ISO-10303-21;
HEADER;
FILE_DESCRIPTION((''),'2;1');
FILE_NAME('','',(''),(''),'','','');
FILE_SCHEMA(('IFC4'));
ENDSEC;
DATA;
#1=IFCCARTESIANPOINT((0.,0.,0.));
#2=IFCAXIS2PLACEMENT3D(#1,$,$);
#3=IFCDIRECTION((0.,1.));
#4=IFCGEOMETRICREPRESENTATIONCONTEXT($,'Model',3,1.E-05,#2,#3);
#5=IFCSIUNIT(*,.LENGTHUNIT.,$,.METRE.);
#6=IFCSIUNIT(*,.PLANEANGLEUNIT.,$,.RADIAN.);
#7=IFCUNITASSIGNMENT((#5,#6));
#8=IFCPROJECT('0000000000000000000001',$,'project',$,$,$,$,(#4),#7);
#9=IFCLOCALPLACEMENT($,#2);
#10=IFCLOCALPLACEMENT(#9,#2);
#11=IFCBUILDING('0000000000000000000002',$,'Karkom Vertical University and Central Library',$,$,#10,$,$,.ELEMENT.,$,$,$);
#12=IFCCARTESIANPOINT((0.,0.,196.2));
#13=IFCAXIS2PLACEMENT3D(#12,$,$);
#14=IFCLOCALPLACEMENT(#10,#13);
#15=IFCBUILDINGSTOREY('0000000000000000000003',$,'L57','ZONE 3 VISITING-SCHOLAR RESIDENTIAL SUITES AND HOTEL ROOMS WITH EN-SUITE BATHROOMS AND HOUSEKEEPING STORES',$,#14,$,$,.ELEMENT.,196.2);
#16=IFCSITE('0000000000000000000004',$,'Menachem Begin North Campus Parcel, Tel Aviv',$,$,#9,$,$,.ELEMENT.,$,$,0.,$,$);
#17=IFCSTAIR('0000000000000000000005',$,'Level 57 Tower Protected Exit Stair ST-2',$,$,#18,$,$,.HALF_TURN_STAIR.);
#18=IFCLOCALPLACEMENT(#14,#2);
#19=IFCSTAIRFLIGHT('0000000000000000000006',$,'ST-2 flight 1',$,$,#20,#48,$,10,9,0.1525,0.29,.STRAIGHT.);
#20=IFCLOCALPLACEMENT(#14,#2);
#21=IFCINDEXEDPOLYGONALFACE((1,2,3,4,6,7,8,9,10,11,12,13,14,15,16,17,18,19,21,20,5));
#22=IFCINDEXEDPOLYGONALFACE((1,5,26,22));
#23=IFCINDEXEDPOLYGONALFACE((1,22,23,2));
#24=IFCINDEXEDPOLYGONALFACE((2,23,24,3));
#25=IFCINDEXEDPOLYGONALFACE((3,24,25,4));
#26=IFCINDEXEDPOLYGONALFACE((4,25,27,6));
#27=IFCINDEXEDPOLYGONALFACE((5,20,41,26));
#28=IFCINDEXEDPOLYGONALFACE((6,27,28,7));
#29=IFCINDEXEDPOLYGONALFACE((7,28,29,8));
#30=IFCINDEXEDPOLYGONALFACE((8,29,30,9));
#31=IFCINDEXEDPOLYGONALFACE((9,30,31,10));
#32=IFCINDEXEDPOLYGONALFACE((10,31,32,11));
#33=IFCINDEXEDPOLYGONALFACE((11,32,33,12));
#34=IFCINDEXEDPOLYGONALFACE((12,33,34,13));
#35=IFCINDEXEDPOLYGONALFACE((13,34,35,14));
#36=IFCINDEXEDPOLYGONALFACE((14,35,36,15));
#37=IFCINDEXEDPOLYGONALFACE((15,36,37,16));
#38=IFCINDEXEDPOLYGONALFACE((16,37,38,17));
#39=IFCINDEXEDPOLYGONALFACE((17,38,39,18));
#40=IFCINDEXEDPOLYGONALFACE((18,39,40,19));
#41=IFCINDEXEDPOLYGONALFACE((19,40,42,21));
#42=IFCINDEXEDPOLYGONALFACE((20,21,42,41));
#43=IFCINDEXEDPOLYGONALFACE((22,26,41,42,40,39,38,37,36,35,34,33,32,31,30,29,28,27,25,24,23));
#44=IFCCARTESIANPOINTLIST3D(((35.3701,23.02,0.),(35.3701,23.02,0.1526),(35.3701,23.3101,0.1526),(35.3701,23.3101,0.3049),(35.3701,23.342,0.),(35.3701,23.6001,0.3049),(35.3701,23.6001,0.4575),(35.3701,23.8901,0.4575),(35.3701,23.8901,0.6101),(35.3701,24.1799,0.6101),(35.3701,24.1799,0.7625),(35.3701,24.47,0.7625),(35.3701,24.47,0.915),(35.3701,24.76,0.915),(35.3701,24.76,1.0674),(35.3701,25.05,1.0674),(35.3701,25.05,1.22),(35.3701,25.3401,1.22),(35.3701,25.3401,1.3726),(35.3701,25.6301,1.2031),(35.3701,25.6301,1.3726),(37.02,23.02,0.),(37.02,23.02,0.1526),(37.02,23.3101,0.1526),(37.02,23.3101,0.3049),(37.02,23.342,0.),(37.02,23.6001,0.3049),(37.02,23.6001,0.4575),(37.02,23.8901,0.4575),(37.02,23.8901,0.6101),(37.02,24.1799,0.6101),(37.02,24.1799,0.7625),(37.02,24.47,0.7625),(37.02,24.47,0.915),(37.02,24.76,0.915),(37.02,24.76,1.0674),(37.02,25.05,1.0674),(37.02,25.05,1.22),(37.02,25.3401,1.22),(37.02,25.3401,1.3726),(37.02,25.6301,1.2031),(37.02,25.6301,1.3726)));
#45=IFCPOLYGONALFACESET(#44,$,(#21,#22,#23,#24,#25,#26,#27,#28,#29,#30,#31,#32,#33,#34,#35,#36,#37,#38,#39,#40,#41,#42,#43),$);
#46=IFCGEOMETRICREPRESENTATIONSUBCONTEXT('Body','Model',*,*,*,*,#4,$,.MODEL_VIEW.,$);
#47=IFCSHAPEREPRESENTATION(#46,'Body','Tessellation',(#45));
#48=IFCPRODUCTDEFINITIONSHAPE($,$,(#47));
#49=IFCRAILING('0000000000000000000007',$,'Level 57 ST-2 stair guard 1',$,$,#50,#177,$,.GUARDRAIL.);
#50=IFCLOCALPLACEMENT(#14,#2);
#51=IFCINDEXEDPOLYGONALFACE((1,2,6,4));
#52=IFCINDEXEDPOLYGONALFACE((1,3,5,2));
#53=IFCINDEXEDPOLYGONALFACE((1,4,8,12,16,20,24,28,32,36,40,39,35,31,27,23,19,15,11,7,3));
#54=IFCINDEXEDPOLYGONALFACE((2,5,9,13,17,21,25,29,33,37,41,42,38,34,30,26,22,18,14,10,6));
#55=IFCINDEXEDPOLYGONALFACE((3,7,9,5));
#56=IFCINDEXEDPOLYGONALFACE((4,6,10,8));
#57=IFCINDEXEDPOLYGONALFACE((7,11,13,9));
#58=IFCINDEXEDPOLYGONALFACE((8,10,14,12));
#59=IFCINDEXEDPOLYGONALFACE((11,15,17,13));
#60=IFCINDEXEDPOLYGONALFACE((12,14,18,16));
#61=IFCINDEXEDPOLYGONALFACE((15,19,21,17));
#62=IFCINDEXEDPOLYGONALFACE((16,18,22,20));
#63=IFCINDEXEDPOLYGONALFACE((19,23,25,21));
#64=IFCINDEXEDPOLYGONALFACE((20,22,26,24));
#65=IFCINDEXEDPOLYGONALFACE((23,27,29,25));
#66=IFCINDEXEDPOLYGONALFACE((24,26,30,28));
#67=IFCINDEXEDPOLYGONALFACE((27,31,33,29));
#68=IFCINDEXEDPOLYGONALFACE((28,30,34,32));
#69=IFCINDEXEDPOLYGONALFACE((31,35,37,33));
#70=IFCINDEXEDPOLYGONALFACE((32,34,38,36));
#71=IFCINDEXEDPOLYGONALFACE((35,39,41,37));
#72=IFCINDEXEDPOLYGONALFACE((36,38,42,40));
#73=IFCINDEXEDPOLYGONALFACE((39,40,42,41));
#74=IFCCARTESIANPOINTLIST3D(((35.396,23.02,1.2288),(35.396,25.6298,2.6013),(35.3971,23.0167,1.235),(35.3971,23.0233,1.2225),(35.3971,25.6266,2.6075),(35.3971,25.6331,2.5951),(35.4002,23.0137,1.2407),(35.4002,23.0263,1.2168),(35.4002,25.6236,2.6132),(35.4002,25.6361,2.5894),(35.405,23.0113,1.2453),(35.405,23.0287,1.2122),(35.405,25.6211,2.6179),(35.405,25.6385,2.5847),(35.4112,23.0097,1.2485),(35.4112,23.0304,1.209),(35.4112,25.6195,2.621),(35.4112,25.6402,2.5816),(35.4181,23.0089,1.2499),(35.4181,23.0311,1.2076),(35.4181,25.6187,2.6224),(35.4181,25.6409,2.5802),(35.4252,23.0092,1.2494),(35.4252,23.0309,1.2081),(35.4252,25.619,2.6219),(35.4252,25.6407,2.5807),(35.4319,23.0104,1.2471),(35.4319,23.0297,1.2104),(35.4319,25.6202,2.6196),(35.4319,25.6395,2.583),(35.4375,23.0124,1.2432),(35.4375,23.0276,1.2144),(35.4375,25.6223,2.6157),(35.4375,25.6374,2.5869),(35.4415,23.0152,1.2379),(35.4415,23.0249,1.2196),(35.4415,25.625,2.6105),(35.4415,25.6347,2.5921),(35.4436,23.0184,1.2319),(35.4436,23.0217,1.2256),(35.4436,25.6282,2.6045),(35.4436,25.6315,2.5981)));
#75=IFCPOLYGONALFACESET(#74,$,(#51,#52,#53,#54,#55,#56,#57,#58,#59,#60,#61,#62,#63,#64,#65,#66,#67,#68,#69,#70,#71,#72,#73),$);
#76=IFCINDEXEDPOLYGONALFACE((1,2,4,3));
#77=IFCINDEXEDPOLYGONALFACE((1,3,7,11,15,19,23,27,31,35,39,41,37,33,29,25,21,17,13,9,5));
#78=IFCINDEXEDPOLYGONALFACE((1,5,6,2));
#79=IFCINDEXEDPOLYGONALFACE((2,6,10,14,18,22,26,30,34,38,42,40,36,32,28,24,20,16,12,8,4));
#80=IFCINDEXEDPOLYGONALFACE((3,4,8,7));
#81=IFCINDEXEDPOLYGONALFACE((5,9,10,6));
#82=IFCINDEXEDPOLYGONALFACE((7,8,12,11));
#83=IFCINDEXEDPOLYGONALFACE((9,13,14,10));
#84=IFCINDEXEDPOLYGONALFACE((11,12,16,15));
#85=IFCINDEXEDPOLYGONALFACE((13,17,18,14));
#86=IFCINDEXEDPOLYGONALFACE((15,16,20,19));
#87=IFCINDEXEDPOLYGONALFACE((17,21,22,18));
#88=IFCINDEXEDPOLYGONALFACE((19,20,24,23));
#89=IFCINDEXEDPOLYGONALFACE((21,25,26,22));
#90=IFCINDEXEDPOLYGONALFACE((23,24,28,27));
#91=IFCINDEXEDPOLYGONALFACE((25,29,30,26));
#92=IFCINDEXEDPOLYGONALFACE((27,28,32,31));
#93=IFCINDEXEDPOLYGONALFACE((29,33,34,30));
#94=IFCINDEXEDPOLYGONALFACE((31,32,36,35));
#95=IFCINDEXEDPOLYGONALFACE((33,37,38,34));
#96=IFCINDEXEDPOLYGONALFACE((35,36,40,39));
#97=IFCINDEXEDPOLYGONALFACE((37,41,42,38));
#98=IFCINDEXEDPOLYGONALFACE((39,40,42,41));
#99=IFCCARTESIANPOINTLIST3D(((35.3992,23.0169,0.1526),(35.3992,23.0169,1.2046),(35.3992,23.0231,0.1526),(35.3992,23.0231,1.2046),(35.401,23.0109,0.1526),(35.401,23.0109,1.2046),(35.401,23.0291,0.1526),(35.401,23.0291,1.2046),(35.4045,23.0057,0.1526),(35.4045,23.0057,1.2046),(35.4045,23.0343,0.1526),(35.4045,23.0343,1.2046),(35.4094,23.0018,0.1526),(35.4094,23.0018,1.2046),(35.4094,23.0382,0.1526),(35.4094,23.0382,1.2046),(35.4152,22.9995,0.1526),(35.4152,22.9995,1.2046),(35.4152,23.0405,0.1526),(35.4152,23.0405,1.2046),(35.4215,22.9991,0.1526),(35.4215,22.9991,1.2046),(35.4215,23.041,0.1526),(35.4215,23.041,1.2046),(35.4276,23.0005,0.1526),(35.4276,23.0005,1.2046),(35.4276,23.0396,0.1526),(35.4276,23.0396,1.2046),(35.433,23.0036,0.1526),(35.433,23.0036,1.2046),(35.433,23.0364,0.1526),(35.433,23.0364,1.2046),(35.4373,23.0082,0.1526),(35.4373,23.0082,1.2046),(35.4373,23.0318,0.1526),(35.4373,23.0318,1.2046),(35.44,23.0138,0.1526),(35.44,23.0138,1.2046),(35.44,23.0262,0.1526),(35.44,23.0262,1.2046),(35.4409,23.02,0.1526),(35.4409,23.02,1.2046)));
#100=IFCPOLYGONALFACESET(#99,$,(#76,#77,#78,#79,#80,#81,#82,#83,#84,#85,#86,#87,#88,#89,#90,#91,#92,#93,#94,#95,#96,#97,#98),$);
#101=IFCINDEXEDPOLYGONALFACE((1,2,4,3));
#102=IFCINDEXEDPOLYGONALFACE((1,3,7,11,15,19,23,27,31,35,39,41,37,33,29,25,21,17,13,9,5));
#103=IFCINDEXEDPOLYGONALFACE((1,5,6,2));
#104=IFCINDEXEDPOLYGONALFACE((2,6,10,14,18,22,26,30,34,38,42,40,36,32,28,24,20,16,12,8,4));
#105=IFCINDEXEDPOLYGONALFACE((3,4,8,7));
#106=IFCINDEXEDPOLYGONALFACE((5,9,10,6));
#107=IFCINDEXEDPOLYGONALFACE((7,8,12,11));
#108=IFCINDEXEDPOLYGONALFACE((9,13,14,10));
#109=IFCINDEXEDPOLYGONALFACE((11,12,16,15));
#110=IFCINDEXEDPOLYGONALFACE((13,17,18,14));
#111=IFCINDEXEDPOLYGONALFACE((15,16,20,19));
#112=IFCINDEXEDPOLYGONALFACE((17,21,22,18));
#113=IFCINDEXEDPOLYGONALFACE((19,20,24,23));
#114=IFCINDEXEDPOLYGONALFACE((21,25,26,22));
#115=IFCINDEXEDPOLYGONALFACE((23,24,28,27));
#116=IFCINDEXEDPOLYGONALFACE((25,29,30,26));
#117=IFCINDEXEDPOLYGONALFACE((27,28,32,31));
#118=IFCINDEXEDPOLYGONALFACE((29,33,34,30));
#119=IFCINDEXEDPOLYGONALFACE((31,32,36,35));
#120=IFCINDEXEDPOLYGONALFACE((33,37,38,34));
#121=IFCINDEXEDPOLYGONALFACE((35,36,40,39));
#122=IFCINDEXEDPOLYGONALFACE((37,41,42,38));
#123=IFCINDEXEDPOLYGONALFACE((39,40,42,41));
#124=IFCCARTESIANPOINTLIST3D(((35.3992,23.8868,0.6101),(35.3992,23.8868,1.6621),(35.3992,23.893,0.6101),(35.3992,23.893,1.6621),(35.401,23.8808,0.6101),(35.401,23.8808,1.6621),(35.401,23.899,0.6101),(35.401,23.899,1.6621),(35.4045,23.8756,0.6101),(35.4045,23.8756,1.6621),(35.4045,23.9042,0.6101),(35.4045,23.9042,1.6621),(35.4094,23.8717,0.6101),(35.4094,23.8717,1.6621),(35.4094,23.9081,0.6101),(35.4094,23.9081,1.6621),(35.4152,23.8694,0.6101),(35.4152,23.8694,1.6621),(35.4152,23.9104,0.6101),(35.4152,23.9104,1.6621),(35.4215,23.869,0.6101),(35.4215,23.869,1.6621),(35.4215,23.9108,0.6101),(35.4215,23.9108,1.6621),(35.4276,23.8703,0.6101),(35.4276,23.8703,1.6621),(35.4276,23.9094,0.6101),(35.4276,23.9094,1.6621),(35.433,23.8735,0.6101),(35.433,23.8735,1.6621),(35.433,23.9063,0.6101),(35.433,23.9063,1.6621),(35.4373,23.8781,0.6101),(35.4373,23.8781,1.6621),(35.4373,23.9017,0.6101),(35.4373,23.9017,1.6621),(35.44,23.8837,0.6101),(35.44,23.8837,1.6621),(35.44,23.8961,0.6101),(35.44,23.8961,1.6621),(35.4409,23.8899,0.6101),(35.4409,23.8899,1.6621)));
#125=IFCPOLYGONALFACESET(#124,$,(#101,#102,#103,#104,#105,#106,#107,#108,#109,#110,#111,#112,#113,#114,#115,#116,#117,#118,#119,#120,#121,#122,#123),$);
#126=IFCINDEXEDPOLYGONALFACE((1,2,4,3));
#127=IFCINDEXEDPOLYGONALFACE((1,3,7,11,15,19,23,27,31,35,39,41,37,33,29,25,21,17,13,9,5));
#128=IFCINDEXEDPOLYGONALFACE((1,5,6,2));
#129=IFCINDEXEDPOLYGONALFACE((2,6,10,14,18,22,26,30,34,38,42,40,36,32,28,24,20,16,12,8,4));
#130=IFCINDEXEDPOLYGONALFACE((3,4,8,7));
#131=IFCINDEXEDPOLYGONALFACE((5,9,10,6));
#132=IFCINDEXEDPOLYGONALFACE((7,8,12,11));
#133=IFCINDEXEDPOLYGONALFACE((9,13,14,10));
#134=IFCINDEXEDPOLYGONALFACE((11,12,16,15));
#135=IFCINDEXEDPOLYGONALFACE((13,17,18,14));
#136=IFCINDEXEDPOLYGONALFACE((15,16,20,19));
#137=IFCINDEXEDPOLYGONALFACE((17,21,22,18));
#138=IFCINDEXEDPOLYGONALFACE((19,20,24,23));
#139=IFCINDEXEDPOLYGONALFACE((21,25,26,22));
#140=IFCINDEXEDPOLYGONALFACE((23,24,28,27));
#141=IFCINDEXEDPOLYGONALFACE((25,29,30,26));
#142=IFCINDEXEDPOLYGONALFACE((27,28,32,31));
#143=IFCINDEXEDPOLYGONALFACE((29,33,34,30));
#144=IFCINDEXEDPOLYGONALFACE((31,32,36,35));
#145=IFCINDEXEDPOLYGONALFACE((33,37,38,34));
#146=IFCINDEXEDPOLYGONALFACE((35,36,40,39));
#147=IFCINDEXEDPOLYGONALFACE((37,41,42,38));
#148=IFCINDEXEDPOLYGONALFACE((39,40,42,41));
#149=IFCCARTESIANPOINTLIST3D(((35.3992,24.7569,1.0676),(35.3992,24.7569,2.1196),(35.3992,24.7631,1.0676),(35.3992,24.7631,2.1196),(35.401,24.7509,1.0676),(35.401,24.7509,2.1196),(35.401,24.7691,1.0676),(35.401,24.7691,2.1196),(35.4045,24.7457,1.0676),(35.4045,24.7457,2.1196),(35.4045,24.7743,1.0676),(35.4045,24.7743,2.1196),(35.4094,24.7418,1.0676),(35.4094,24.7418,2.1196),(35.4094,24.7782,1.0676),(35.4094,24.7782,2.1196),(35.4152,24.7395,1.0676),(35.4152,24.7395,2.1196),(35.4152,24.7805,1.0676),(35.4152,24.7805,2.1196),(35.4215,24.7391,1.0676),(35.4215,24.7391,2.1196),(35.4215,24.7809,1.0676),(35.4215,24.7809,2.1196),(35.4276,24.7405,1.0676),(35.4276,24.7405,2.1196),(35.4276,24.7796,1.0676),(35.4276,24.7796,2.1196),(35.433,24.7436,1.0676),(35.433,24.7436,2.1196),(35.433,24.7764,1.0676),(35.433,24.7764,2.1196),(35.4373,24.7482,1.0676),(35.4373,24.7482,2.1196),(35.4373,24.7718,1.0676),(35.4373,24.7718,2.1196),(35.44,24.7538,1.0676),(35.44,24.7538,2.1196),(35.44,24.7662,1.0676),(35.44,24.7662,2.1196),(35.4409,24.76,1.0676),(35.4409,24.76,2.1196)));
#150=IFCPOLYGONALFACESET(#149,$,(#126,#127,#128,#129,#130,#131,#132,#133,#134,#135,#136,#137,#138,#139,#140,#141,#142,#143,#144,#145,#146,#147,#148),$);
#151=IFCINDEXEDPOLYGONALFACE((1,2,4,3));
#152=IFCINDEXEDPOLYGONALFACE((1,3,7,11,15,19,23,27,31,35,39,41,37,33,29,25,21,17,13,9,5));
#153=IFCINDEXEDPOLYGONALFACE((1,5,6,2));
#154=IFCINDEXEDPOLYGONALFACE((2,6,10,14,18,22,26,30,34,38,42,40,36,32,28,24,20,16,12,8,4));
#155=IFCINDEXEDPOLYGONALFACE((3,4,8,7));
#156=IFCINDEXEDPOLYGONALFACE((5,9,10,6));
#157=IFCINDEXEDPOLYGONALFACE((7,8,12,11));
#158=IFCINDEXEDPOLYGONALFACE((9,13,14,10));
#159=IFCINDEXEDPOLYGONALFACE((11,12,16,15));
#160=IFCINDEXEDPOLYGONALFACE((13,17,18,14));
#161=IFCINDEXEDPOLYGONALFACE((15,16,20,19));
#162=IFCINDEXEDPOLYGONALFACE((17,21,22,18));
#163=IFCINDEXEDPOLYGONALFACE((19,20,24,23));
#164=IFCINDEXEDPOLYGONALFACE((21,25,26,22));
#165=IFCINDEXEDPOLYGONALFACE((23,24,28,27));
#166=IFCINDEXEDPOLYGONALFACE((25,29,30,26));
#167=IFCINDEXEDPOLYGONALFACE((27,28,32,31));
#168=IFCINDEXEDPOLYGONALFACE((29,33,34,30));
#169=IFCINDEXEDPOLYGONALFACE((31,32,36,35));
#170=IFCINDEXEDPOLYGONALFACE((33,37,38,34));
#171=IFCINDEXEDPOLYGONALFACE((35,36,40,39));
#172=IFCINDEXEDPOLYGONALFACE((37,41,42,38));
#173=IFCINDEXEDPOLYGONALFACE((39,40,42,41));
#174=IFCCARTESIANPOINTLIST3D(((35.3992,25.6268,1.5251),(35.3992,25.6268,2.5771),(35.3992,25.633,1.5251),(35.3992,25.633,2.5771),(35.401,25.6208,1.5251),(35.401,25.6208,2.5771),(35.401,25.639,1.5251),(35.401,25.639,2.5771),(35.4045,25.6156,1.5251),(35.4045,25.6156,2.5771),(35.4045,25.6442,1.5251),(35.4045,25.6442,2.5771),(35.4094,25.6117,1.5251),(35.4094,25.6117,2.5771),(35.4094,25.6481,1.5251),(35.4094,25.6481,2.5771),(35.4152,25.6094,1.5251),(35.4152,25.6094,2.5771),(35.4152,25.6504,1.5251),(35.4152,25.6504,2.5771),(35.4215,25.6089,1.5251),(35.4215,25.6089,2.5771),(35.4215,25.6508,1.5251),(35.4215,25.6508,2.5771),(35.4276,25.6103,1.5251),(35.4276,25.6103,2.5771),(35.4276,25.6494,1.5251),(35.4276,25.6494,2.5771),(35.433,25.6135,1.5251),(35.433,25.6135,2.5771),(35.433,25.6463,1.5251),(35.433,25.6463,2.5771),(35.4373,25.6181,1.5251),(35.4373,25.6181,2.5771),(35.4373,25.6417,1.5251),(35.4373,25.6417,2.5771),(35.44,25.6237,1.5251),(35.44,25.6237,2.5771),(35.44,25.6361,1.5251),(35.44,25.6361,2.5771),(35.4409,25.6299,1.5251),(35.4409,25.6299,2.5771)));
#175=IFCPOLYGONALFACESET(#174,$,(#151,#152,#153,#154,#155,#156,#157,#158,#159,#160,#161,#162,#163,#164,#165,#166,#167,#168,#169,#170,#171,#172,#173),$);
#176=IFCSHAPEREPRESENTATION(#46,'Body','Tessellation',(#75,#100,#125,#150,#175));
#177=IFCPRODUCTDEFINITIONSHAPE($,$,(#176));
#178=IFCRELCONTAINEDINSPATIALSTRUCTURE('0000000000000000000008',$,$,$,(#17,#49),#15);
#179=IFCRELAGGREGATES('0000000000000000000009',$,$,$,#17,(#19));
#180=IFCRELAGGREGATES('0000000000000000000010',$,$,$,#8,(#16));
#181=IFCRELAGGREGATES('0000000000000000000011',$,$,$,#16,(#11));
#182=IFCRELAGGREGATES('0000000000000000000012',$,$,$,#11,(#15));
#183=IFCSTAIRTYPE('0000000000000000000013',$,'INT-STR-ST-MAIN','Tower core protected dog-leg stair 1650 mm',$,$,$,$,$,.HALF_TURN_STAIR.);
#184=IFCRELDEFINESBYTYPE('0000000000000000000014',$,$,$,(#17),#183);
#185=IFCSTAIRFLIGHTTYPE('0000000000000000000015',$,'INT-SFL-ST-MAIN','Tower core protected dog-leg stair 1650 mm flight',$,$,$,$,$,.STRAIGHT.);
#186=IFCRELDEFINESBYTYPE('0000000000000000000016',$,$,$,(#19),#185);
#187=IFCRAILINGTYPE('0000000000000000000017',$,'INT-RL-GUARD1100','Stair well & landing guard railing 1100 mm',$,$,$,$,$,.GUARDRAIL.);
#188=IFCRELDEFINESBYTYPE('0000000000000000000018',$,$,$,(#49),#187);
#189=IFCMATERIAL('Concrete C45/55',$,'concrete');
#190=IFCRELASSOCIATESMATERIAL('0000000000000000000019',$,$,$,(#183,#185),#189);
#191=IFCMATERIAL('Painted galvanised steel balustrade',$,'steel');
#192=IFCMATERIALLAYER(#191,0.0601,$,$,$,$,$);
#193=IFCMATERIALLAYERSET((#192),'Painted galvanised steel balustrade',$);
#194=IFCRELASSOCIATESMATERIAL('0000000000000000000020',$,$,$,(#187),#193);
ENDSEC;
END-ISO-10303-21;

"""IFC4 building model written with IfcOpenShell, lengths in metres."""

from ifc_helpers import new_model, si_unit, direction, frame, origin, origin_2d, place, context, subcontext, project, spatial, polyline, circle, outline, extrude, material, layer, layer_set, type_object, element, aggregate, save


model = new_model("IFC4")

# Units and contexts
model_context = context("Model", 3, precision=1e-05, world=origin(), true_north=direction((0.0, 1.0)))
body_context = subcontext(model_context, "Body", "Model", "MODEL_VIEW")
ifc_project = project(units=[si_unit("LENGTHUNIT", "METRE"), si_unit("PLANEANGLEUNIT", "RADIAN")], contexts=[model_context])

# Site, building, storey
site_placement = place(None, origin())
site = spatial("IfcSite", under=ifc_project, at=site_placement, Name="Menachem Begin North Campus Parcel, Tel Aviv", CompositionType="ELEMENT", RefElevation=0.0)
building_placement = place(site_placement, origin())
building = spatial("IfcBuilding", under=site, at=building_placement, Name="Karkom Vertical University and Central Library", CompositionType="ELEMENT")
storey_placement = place(building_placement, frame((0.0, 0.0, 196.2)))
storey = spatial("IfcBuildingStorey", under=building, at=storey_placement, Name="L57", Description="ZONE 3 VISITING-SCHOLAR RESIDENTIAL SUITES AND HOTEL ROOMS WITH EN-SUITE BATHROOMS AND HOUSEKEEPING STORES", CompositionType="ELEMENT", Elevation=196.2)

# Shared definitions
ifc_material_1 = material(Name="Concrete C45/55", Category="concrete")

# Stair, stair flight
stair_type = type_object("IfcStairType", Name="INT-STR-ST-MAIN", Description="Tower core protected dog-leg stair 1650 mm", PredefinedType="HALF_TURN_STAIR", material=ifc_material_1)
stair_placement = place(storey_placement, origin())
stair = element("IfcStair", 1, at=stair_placement, inside=storey, type_object=stair_type, Name="Level 57 Tower Protected Exit Stair ST-2", PredefinedType="HALF_TURN_STAIR")
stair_flight_type = type_object("IfcStairFlightType", Name="INT-SFL-ST-MAIN", Description="Tower core protected dog-leg stair 1650 mm flight", PredefinedType="STRAIGHT", material=ifc_material_1)
stair_flight_placement = place(storey_placement, frame((36.1951, 23.02, 0.0), z_axis=(0.0, 0.0, 1.0), x_axis=(0.0, 1.0, 0.0)))
stair_flight = element("IfcStairFlight", 2, at=stair_flight_placement, type_object=stair_flight_type, Name="ST-2 flight 1", NumberOfRisers=10, NumberOfTreads=9, PredefinedType="STRAIGHT", RiserHeight=0.1525, TreadLength=0.29, context=body_context, shape_type="SweptSolid", body=[
    extrude(outline(polyline([(0.0, 0.0), (0.0, 0.1526), (0.29, 0.1526), (0.29, 0.3049), (0.5801, 0.3049), (0.5801, 0.4575), (0.8701, 0.4575), (0.8701, 0.6101), (1.1599, 0.6101), (1.1599, 0.7625), (1.45, 0.7625), (1.45, 0.915), (1.74, 0.915), (1.74, 1.0674), (2.03, 1.0674), (2.03, 1.22), (2.3201, 1.22), (2.3201, 1.3726), (2.6101, 1.3726), (2.6101, 1.5249), (2.6101, 1.2031), (0.322, 0.0), (0.0, 0.0)])), frame((0.0, 0.825, 0.0), z_axis=(0.0, -1.0, 0.0), x_axis=(1.0, 0.0, 0.0)), (0.0, 0.0, 1.0), 1.6499),
])
aggregate(stair, [stair_flight])

# Railing
ifc_material_2 = material(Name="Painted galvanised steel balustrade", Category="steel")
ifc_layer_1 = layer(ifc_material_2, 0.0601)
ifc_layer_set_1 = layer_set([ifc_layer_1], Name="Painted galvanised steel balustrade")
railing_type_1 = type_object("IfcRailingType", Name="INT-RL-GUARD1100", Description="Stair well & landing guard railing 1100 mm", PredefinedType="GUARDRAIL", material=ifc_layer_set_1)
railing_1_placement = place(storey_placement, frame((35.4199, 23.02, 0.1526)))
element("IfcRailing", 3, at=railing_1_placement, inside=storey, type_object=railing_type_1, Name="Level 57 ST-2 stair guard 1", PredefinedType="GUARDRAIL", context=body_context, shape_type="SweptSolid", body=[
    extrude(circle(Radius=0.0239, at=origin_2d()), frame((0.0, 0.0, 1.0762), z_axis=(0.0, 0.885065, 0.465467), x_axis=(-1.0, 0.0, 0.0)), (0.0, 0.0, 1.0), 2.9487),
    extrude(circle(Radius=0.021, at=origin_2d()), origin(), (0.0, 0.0, 1.0), 1.052),
    extrude(circle(Radius=0.021, at=origin_2d()), frame((0.0, 0.8699, 0.4575)), (0.0, 0.0, 1.0), 1.052),
    extrude(circle(Radius=0.021, at=origin_2d()), frame((0.0, 1.74, 0.915)), (0.0, 0.0, 1.0), 1.052),
    extrude(circle(Radius=0.021, at=origin_2d()), frame((0.0, 2.6099, 1.3726)), (0.0, 0.0, 1.0), 1.052),
])

save(model, "model.ifc")
